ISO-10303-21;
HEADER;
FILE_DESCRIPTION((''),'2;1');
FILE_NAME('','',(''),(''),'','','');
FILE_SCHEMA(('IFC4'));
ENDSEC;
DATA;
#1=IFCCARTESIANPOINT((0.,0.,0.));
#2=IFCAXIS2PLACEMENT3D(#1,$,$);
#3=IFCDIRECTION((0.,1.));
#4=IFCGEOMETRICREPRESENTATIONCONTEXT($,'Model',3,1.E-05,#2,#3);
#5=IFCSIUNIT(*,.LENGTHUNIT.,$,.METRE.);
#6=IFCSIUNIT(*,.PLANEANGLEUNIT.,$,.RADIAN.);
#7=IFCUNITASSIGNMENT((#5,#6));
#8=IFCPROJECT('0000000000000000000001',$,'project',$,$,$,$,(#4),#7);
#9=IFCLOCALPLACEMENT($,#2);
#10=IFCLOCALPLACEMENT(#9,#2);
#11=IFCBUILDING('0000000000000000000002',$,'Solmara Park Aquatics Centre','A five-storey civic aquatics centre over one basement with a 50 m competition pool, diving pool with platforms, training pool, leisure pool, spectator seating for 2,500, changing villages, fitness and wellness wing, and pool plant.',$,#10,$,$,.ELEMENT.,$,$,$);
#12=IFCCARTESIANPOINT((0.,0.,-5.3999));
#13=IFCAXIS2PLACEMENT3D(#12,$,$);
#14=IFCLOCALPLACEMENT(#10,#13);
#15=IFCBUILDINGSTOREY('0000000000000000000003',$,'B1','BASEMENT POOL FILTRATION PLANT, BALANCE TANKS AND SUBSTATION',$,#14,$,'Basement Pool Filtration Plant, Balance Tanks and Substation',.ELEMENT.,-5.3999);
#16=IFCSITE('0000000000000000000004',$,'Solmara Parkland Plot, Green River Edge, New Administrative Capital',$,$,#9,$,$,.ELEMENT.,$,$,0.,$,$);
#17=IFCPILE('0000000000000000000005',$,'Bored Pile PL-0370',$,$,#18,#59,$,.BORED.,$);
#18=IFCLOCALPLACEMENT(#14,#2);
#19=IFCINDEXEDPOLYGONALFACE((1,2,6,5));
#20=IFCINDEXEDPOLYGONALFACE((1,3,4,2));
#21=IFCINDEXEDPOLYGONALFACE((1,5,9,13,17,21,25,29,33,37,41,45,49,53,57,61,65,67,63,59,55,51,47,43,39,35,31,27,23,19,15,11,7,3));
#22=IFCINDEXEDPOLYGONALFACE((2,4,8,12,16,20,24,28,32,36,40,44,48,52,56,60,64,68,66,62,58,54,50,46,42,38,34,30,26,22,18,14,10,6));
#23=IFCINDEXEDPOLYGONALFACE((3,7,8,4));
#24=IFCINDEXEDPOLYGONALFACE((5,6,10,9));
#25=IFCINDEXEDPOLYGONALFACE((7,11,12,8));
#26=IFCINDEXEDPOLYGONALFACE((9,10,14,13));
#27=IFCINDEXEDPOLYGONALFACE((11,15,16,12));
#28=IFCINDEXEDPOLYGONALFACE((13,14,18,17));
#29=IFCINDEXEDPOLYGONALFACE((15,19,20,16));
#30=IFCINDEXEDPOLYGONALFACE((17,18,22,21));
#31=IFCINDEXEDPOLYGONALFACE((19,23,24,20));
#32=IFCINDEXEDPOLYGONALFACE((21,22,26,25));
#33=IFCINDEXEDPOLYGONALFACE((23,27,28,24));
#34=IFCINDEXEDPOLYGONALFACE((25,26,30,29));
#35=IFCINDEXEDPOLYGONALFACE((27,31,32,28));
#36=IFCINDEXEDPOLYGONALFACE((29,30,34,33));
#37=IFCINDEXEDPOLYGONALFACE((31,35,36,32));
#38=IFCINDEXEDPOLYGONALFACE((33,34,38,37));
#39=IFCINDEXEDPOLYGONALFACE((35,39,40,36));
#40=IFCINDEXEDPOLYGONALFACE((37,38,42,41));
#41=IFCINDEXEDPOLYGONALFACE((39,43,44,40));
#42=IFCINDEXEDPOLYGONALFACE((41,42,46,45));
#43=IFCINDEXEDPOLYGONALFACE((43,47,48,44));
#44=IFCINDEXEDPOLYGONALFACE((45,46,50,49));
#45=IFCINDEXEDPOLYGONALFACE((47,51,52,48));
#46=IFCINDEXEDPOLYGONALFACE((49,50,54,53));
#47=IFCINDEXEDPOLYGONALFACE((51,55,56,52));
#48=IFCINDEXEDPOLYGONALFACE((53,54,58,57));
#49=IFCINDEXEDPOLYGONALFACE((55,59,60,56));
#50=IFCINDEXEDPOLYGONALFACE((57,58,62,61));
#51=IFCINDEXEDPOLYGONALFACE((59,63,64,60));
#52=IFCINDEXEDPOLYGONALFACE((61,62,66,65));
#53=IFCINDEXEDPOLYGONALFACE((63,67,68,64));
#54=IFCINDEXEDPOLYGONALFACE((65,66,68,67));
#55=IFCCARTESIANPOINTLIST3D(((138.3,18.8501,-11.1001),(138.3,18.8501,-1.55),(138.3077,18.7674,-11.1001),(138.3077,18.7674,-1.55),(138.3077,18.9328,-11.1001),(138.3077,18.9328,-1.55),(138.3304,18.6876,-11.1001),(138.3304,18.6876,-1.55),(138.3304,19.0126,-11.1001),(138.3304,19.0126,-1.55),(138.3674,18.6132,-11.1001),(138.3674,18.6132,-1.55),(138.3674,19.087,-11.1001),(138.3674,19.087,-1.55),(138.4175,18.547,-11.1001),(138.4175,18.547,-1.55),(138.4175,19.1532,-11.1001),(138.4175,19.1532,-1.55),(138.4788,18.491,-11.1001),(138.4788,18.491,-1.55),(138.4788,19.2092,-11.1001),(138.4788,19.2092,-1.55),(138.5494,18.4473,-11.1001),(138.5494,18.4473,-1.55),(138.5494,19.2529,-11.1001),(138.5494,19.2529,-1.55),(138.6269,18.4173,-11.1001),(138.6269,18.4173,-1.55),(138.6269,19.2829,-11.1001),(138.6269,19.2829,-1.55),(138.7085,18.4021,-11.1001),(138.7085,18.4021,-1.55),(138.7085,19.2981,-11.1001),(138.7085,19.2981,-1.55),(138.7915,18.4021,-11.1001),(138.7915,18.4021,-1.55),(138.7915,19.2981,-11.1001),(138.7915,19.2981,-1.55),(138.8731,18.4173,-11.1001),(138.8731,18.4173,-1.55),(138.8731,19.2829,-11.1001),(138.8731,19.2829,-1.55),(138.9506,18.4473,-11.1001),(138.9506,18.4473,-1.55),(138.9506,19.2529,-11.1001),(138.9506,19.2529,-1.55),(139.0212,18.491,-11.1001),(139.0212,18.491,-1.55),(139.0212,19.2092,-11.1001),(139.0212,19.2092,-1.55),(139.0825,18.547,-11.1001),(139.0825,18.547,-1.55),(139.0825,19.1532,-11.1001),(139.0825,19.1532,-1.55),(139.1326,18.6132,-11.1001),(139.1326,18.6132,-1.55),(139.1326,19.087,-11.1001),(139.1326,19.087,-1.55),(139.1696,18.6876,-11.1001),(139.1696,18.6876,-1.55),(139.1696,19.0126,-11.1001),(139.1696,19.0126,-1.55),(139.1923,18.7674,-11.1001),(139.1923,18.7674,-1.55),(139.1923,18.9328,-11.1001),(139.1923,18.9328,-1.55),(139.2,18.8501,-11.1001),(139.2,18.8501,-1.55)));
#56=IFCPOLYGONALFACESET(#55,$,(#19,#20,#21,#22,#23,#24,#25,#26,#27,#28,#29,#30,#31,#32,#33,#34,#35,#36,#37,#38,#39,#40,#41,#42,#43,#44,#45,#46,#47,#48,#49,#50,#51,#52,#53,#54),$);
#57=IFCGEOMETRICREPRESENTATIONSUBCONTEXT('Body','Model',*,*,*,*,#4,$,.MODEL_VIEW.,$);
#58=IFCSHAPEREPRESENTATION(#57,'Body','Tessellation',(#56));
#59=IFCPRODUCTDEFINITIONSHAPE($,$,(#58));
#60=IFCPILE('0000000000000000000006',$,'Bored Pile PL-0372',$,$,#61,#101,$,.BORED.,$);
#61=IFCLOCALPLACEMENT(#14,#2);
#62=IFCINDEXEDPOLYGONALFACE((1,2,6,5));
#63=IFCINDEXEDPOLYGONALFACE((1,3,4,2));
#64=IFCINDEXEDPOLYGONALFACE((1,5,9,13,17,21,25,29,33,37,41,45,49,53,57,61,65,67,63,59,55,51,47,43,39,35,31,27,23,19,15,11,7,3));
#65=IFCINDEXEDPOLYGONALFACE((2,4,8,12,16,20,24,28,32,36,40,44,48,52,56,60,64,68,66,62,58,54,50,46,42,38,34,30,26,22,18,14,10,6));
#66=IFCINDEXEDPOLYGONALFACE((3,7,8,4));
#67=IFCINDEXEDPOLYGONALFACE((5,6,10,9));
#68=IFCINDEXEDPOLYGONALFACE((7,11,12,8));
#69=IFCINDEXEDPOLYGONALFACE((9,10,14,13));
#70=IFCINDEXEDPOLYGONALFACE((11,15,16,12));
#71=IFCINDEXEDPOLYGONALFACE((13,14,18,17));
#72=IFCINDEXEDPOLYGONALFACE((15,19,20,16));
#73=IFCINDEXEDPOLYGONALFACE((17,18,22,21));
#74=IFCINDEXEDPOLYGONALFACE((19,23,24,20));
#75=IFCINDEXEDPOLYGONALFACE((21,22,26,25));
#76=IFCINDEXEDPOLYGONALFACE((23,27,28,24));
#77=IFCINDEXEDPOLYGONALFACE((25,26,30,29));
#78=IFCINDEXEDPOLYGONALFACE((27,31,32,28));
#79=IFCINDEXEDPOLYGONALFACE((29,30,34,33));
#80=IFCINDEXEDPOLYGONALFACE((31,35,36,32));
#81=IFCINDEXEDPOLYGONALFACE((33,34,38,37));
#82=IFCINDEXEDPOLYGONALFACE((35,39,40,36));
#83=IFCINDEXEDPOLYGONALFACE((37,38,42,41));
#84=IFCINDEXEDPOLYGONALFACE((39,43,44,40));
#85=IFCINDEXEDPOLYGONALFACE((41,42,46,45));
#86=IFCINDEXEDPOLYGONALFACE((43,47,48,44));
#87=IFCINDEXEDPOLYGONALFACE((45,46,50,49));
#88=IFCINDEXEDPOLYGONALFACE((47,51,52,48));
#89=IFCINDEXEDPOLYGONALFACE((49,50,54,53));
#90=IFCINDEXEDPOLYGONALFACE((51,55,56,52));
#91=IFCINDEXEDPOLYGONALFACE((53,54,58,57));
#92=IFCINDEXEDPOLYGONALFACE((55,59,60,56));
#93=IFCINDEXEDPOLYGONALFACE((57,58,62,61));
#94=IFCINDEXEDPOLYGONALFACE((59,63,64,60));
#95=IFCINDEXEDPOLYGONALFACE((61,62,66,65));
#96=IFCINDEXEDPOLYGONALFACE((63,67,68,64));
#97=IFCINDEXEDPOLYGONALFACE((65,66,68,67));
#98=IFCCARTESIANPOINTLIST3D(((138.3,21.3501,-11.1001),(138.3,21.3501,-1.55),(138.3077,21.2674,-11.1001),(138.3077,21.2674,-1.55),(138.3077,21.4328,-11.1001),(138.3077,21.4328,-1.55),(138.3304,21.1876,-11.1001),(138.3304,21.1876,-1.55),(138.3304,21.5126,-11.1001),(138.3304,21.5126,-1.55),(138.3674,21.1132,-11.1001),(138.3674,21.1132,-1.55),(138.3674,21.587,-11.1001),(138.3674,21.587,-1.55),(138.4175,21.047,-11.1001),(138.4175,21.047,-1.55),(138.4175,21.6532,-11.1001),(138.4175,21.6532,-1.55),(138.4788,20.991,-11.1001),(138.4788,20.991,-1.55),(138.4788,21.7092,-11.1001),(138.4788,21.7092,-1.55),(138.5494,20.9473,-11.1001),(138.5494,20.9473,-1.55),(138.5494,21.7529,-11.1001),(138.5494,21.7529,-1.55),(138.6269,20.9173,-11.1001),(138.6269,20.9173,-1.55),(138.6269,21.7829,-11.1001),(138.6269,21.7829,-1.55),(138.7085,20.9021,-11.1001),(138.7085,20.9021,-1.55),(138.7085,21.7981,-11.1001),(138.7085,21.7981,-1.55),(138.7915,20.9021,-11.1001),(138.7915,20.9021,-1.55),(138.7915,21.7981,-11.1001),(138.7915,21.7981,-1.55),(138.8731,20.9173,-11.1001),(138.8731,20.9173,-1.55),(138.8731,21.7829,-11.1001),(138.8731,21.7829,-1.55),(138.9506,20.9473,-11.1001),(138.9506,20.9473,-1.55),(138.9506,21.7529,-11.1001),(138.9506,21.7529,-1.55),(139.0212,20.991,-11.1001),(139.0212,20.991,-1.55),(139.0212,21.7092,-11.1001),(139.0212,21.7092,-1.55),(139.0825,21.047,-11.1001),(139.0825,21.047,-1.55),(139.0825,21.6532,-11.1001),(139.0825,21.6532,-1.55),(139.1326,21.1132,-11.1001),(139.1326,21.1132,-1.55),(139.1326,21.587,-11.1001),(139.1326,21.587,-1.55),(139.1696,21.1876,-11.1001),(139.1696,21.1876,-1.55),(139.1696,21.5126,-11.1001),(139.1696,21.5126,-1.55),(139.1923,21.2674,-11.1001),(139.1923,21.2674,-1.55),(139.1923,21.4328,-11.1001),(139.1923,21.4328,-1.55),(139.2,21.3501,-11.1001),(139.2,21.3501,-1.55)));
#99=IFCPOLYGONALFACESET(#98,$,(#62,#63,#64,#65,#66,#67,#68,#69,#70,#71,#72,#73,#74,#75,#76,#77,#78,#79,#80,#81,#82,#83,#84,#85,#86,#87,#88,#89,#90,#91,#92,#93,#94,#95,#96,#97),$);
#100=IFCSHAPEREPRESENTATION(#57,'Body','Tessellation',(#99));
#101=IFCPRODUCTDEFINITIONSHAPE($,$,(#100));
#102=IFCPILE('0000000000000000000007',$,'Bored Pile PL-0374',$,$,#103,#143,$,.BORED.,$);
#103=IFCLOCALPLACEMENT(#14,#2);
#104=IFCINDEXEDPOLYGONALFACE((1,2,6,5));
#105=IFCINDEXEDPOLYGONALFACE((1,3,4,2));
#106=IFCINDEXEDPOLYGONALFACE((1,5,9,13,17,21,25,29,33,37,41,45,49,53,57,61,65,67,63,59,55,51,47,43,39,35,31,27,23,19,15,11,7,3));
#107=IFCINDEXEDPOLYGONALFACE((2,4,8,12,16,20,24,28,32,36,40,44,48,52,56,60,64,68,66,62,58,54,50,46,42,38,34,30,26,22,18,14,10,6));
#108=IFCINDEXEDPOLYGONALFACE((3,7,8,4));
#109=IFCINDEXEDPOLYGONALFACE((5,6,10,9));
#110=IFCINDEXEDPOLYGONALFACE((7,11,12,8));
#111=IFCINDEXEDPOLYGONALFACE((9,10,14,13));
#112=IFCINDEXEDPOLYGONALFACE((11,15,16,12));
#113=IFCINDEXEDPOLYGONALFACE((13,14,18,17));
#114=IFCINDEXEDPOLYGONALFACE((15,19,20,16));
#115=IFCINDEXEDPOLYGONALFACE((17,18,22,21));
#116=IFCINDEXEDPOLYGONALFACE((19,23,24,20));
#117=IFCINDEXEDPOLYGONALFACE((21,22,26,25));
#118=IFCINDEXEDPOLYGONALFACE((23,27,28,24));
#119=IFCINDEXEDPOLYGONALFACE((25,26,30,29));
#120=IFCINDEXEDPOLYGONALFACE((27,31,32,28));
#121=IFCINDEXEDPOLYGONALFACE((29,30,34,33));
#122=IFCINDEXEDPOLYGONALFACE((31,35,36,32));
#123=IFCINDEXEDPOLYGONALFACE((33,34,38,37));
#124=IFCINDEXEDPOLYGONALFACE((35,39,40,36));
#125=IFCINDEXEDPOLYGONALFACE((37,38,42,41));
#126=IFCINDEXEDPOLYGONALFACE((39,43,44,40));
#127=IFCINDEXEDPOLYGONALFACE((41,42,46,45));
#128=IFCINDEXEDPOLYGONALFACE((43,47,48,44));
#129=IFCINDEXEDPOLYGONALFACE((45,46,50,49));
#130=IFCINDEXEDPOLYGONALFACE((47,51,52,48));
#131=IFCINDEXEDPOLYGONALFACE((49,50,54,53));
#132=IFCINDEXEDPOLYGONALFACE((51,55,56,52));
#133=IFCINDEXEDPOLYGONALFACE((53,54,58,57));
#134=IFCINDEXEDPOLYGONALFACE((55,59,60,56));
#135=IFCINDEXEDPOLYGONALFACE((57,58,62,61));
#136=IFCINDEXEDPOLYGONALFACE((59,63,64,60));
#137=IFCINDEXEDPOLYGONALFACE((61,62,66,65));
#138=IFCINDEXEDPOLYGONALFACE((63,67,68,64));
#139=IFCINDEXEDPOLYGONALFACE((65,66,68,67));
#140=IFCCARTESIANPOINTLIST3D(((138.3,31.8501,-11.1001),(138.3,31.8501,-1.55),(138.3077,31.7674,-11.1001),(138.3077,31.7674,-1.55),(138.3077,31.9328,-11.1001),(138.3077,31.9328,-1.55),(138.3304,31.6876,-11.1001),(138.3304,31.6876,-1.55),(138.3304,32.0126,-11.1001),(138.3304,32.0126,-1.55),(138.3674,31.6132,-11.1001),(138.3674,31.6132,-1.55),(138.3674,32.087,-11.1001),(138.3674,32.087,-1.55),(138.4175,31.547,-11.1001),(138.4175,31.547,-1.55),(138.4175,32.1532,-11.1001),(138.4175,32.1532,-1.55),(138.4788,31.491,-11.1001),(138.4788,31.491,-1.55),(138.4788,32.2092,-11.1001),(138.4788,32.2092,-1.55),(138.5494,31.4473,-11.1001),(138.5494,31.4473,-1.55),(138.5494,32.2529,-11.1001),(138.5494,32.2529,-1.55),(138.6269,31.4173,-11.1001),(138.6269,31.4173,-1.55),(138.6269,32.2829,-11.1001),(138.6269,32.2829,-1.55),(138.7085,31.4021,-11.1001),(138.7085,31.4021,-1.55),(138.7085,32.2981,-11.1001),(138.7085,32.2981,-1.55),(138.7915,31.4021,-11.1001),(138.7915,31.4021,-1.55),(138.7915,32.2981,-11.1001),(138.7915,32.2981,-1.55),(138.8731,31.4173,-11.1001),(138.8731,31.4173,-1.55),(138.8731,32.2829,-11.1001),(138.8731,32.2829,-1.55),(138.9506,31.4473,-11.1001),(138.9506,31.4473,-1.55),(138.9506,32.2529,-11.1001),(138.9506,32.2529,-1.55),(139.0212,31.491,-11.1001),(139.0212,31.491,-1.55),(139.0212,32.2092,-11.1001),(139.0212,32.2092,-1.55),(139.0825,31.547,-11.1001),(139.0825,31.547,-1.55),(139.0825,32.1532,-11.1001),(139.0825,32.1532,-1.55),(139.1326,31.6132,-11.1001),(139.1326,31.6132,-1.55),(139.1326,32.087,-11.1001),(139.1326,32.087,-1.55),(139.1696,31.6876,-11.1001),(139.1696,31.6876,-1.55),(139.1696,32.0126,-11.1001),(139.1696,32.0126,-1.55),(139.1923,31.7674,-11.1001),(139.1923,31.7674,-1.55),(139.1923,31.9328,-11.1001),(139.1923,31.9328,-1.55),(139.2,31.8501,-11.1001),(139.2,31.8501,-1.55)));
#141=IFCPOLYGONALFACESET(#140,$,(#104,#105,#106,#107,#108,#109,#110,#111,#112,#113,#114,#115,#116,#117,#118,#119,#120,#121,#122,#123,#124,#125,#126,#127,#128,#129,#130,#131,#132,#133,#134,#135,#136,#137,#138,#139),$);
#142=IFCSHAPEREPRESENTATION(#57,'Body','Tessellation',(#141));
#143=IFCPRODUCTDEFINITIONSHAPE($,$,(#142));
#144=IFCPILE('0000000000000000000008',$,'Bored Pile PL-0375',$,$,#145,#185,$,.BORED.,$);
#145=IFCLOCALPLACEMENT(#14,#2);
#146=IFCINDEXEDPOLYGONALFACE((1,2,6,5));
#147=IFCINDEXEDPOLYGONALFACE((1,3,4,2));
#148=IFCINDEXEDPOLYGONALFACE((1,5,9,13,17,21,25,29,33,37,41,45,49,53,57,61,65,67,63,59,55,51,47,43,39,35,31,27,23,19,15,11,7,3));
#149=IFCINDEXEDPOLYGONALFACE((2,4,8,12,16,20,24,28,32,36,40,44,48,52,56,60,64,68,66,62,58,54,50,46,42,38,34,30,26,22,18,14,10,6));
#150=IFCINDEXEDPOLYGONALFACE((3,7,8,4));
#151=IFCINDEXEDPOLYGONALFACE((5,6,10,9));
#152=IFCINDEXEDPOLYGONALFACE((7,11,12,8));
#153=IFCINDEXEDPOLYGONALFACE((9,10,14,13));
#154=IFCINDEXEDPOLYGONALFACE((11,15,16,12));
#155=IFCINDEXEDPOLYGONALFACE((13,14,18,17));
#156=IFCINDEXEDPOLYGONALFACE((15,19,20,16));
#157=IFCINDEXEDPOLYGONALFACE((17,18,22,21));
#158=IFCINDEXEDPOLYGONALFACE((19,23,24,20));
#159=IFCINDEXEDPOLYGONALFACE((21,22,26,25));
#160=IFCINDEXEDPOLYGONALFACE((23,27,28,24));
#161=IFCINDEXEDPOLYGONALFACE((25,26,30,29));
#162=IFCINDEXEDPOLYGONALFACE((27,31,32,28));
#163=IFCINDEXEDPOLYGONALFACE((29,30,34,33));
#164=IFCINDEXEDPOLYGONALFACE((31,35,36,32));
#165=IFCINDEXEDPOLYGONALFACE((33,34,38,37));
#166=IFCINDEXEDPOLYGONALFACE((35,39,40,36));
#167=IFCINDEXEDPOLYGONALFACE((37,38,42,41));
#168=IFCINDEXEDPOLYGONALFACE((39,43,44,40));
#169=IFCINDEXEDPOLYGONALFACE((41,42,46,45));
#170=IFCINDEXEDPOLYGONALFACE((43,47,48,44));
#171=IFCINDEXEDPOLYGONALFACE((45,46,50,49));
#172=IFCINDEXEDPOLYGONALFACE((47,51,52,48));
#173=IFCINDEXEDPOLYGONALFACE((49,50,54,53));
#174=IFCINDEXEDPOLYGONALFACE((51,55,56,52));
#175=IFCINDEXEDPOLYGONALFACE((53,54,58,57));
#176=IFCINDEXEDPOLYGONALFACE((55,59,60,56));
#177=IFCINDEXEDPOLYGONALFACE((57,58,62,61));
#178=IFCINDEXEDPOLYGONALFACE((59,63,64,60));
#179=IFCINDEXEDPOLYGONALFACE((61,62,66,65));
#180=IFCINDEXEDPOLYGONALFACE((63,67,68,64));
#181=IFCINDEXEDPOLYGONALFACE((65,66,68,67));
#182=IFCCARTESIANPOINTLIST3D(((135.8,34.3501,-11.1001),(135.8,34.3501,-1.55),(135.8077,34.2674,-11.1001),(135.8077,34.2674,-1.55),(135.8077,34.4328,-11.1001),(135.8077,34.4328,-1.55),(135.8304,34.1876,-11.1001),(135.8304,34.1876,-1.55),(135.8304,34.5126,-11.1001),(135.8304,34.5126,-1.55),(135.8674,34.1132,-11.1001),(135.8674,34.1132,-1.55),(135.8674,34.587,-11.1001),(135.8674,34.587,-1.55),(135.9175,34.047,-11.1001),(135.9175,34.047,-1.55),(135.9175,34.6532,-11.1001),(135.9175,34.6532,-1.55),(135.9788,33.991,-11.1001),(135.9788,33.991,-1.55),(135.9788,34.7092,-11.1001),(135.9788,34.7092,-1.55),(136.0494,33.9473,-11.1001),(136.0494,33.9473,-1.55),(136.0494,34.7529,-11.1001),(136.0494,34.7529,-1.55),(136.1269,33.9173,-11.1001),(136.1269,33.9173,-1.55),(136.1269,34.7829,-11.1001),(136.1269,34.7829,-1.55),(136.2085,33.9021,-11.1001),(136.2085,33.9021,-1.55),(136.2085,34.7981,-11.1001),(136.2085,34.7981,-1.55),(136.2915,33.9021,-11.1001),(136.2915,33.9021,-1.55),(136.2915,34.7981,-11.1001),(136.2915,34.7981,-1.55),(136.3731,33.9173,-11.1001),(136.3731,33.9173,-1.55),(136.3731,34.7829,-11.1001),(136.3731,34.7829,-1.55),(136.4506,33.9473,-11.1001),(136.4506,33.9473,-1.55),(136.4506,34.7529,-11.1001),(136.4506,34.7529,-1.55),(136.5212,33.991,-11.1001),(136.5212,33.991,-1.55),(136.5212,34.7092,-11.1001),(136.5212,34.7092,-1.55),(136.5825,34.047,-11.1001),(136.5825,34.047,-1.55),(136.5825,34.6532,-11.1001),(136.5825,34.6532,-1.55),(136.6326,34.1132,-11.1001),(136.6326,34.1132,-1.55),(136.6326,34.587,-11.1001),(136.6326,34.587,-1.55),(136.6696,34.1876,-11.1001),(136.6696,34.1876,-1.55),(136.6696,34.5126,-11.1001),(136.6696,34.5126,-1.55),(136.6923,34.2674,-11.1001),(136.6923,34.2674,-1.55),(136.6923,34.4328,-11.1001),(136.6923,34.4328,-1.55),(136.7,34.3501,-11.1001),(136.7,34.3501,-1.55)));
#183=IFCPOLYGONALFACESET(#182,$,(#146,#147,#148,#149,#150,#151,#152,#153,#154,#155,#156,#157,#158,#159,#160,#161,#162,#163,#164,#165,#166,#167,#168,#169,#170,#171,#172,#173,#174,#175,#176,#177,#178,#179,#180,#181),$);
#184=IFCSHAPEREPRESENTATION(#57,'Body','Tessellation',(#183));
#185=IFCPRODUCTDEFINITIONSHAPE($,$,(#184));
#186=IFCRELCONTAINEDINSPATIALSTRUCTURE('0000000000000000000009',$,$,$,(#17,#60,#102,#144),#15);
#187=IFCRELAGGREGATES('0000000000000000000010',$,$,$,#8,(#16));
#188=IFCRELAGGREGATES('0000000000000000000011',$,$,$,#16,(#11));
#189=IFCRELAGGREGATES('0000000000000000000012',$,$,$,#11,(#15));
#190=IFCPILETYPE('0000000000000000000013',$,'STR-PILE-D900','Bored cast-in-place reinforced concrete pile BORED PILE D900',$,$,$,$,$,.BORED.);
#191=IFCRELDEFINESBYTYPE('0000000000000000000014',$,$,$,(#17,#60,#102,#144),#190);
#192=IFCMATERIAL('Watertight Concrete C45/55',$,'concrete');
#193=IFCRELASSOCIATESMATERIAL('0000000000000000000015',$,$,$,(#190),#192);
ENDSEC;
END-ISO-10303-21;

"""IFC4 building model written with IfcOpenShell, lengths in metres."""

from ifc_helpers import new_model, si_unit, direction, frame, origin, origin_2d, place, context, subcontext, project, spatial, circle, extrude, material, material_profile, profile_set, type_object, element, save


model = new_model("IFC4")

# Units and contexts
model_context = context("Model", 3, precision=1e-05, world=origin(), true_north=direction((0.0, 1.0)))
body_context = subcontext(model_context, "Body", "Model", "MODEL_VIEW")
ifc_project = project(units=[si_unit("LENGTHUNIT", "METRE"), si_unit("PLANEANGLEUNIT", "RADIAN")], contexts=[model_context])

# Site, building, storey
site_placement = place(None, origin())
site = spatial("IfcSite", under=ifc_project, at=site_placement, Name="Solmara Parkland Plot, Green River Edge, New Administrative Capital", CompositionType="ELEMENT", RefElevation=0.0)
building_placement = place(site_placement, origin())
building = spatial("IfcBuilding", under=site, at=building_placement, Name="Solmara Park Aquatics Centre", Description="A five-storey civic aquatics centre over one basement with a 50 m competition pool, diving pool with platforms, training pool, leisure pool, spectator seating for 2,500, changing villages, fitness and wellness wing, and pool plant.", CompositionType="ELEMENT")
storey_placement = place(building_placement, frame((0.0, 0.0, -5.3999)))
storey = spatial("IfcBuildingStorey", under=building, at=storey_placement, Name="B1", Description="BASEMENT POOL FILTRATION PLANT, BALANCE TANKS AND SUBSTATION", LongName="Basement Pool Filtration Plant, Balance Tanks and Substation", CompositionType="ELEMENT", Elevation=-5.3999)

# Shared definitions
ifc_material_1 = material(Name="Watertight Concrete C45/55", Category="concrete")

# Piles
ifc_material_profile_1 = material_profile(ifc_material_1, circle(Radius=0.45, at=origin_2d()), Name="BORED PILE D900")
ifc_profile_set_1 = profile_set([ifc_material_profile_1], Name="Watertight Concrete C45/55")
pile_type_1 = type_object("IfcPileType", Name="STR-PILE-D900", Description="Bored cast-in-place reinforced concrete pile BORED PILE D900", PredefinedType="BORED", material=ifc_profile_set_1)
for number, where, z_axis, x_axis, name in (
    (1, (138.75, 18.8501, -1.55), (0.0, 0.0, -1.0), (1.0, 0.0, 0.0), "Bored Pile PL-0370"),
    (2, (138.75, 21.3501, -1.55), (0.0, 0.0, -1.0), (1.0, 0.0, 0.0), "Bored Pile PL-0372"),
    (3, (138.75, 31.8501, -1.55), (0.0, 0.0, -1.0), (1.0, 0.0, 0.0), "Bored Pile PL-0374"),
    (4, (136.25, 34.3501, -1.55), (0.0, 0.0, -1.0), (1.0, 0.0, 0.0), "Bored Pile PL-0375"),
):
    element("IfcPile", number, at=place(storey_placement, frame(where, z_axis=z_axis, x_axis=x_axis)), inside=storey, type_object=pile_type_1, Name=name, PredefinedType="BORED", context=body_context, shape_type="SweptSolid", body=[
        extrude(circle(Radius=0.45, at=origin_2d()), origin(), (0.0, 0.0, 1.0), 9.55),
    ])

save(model, "model.ifc")
